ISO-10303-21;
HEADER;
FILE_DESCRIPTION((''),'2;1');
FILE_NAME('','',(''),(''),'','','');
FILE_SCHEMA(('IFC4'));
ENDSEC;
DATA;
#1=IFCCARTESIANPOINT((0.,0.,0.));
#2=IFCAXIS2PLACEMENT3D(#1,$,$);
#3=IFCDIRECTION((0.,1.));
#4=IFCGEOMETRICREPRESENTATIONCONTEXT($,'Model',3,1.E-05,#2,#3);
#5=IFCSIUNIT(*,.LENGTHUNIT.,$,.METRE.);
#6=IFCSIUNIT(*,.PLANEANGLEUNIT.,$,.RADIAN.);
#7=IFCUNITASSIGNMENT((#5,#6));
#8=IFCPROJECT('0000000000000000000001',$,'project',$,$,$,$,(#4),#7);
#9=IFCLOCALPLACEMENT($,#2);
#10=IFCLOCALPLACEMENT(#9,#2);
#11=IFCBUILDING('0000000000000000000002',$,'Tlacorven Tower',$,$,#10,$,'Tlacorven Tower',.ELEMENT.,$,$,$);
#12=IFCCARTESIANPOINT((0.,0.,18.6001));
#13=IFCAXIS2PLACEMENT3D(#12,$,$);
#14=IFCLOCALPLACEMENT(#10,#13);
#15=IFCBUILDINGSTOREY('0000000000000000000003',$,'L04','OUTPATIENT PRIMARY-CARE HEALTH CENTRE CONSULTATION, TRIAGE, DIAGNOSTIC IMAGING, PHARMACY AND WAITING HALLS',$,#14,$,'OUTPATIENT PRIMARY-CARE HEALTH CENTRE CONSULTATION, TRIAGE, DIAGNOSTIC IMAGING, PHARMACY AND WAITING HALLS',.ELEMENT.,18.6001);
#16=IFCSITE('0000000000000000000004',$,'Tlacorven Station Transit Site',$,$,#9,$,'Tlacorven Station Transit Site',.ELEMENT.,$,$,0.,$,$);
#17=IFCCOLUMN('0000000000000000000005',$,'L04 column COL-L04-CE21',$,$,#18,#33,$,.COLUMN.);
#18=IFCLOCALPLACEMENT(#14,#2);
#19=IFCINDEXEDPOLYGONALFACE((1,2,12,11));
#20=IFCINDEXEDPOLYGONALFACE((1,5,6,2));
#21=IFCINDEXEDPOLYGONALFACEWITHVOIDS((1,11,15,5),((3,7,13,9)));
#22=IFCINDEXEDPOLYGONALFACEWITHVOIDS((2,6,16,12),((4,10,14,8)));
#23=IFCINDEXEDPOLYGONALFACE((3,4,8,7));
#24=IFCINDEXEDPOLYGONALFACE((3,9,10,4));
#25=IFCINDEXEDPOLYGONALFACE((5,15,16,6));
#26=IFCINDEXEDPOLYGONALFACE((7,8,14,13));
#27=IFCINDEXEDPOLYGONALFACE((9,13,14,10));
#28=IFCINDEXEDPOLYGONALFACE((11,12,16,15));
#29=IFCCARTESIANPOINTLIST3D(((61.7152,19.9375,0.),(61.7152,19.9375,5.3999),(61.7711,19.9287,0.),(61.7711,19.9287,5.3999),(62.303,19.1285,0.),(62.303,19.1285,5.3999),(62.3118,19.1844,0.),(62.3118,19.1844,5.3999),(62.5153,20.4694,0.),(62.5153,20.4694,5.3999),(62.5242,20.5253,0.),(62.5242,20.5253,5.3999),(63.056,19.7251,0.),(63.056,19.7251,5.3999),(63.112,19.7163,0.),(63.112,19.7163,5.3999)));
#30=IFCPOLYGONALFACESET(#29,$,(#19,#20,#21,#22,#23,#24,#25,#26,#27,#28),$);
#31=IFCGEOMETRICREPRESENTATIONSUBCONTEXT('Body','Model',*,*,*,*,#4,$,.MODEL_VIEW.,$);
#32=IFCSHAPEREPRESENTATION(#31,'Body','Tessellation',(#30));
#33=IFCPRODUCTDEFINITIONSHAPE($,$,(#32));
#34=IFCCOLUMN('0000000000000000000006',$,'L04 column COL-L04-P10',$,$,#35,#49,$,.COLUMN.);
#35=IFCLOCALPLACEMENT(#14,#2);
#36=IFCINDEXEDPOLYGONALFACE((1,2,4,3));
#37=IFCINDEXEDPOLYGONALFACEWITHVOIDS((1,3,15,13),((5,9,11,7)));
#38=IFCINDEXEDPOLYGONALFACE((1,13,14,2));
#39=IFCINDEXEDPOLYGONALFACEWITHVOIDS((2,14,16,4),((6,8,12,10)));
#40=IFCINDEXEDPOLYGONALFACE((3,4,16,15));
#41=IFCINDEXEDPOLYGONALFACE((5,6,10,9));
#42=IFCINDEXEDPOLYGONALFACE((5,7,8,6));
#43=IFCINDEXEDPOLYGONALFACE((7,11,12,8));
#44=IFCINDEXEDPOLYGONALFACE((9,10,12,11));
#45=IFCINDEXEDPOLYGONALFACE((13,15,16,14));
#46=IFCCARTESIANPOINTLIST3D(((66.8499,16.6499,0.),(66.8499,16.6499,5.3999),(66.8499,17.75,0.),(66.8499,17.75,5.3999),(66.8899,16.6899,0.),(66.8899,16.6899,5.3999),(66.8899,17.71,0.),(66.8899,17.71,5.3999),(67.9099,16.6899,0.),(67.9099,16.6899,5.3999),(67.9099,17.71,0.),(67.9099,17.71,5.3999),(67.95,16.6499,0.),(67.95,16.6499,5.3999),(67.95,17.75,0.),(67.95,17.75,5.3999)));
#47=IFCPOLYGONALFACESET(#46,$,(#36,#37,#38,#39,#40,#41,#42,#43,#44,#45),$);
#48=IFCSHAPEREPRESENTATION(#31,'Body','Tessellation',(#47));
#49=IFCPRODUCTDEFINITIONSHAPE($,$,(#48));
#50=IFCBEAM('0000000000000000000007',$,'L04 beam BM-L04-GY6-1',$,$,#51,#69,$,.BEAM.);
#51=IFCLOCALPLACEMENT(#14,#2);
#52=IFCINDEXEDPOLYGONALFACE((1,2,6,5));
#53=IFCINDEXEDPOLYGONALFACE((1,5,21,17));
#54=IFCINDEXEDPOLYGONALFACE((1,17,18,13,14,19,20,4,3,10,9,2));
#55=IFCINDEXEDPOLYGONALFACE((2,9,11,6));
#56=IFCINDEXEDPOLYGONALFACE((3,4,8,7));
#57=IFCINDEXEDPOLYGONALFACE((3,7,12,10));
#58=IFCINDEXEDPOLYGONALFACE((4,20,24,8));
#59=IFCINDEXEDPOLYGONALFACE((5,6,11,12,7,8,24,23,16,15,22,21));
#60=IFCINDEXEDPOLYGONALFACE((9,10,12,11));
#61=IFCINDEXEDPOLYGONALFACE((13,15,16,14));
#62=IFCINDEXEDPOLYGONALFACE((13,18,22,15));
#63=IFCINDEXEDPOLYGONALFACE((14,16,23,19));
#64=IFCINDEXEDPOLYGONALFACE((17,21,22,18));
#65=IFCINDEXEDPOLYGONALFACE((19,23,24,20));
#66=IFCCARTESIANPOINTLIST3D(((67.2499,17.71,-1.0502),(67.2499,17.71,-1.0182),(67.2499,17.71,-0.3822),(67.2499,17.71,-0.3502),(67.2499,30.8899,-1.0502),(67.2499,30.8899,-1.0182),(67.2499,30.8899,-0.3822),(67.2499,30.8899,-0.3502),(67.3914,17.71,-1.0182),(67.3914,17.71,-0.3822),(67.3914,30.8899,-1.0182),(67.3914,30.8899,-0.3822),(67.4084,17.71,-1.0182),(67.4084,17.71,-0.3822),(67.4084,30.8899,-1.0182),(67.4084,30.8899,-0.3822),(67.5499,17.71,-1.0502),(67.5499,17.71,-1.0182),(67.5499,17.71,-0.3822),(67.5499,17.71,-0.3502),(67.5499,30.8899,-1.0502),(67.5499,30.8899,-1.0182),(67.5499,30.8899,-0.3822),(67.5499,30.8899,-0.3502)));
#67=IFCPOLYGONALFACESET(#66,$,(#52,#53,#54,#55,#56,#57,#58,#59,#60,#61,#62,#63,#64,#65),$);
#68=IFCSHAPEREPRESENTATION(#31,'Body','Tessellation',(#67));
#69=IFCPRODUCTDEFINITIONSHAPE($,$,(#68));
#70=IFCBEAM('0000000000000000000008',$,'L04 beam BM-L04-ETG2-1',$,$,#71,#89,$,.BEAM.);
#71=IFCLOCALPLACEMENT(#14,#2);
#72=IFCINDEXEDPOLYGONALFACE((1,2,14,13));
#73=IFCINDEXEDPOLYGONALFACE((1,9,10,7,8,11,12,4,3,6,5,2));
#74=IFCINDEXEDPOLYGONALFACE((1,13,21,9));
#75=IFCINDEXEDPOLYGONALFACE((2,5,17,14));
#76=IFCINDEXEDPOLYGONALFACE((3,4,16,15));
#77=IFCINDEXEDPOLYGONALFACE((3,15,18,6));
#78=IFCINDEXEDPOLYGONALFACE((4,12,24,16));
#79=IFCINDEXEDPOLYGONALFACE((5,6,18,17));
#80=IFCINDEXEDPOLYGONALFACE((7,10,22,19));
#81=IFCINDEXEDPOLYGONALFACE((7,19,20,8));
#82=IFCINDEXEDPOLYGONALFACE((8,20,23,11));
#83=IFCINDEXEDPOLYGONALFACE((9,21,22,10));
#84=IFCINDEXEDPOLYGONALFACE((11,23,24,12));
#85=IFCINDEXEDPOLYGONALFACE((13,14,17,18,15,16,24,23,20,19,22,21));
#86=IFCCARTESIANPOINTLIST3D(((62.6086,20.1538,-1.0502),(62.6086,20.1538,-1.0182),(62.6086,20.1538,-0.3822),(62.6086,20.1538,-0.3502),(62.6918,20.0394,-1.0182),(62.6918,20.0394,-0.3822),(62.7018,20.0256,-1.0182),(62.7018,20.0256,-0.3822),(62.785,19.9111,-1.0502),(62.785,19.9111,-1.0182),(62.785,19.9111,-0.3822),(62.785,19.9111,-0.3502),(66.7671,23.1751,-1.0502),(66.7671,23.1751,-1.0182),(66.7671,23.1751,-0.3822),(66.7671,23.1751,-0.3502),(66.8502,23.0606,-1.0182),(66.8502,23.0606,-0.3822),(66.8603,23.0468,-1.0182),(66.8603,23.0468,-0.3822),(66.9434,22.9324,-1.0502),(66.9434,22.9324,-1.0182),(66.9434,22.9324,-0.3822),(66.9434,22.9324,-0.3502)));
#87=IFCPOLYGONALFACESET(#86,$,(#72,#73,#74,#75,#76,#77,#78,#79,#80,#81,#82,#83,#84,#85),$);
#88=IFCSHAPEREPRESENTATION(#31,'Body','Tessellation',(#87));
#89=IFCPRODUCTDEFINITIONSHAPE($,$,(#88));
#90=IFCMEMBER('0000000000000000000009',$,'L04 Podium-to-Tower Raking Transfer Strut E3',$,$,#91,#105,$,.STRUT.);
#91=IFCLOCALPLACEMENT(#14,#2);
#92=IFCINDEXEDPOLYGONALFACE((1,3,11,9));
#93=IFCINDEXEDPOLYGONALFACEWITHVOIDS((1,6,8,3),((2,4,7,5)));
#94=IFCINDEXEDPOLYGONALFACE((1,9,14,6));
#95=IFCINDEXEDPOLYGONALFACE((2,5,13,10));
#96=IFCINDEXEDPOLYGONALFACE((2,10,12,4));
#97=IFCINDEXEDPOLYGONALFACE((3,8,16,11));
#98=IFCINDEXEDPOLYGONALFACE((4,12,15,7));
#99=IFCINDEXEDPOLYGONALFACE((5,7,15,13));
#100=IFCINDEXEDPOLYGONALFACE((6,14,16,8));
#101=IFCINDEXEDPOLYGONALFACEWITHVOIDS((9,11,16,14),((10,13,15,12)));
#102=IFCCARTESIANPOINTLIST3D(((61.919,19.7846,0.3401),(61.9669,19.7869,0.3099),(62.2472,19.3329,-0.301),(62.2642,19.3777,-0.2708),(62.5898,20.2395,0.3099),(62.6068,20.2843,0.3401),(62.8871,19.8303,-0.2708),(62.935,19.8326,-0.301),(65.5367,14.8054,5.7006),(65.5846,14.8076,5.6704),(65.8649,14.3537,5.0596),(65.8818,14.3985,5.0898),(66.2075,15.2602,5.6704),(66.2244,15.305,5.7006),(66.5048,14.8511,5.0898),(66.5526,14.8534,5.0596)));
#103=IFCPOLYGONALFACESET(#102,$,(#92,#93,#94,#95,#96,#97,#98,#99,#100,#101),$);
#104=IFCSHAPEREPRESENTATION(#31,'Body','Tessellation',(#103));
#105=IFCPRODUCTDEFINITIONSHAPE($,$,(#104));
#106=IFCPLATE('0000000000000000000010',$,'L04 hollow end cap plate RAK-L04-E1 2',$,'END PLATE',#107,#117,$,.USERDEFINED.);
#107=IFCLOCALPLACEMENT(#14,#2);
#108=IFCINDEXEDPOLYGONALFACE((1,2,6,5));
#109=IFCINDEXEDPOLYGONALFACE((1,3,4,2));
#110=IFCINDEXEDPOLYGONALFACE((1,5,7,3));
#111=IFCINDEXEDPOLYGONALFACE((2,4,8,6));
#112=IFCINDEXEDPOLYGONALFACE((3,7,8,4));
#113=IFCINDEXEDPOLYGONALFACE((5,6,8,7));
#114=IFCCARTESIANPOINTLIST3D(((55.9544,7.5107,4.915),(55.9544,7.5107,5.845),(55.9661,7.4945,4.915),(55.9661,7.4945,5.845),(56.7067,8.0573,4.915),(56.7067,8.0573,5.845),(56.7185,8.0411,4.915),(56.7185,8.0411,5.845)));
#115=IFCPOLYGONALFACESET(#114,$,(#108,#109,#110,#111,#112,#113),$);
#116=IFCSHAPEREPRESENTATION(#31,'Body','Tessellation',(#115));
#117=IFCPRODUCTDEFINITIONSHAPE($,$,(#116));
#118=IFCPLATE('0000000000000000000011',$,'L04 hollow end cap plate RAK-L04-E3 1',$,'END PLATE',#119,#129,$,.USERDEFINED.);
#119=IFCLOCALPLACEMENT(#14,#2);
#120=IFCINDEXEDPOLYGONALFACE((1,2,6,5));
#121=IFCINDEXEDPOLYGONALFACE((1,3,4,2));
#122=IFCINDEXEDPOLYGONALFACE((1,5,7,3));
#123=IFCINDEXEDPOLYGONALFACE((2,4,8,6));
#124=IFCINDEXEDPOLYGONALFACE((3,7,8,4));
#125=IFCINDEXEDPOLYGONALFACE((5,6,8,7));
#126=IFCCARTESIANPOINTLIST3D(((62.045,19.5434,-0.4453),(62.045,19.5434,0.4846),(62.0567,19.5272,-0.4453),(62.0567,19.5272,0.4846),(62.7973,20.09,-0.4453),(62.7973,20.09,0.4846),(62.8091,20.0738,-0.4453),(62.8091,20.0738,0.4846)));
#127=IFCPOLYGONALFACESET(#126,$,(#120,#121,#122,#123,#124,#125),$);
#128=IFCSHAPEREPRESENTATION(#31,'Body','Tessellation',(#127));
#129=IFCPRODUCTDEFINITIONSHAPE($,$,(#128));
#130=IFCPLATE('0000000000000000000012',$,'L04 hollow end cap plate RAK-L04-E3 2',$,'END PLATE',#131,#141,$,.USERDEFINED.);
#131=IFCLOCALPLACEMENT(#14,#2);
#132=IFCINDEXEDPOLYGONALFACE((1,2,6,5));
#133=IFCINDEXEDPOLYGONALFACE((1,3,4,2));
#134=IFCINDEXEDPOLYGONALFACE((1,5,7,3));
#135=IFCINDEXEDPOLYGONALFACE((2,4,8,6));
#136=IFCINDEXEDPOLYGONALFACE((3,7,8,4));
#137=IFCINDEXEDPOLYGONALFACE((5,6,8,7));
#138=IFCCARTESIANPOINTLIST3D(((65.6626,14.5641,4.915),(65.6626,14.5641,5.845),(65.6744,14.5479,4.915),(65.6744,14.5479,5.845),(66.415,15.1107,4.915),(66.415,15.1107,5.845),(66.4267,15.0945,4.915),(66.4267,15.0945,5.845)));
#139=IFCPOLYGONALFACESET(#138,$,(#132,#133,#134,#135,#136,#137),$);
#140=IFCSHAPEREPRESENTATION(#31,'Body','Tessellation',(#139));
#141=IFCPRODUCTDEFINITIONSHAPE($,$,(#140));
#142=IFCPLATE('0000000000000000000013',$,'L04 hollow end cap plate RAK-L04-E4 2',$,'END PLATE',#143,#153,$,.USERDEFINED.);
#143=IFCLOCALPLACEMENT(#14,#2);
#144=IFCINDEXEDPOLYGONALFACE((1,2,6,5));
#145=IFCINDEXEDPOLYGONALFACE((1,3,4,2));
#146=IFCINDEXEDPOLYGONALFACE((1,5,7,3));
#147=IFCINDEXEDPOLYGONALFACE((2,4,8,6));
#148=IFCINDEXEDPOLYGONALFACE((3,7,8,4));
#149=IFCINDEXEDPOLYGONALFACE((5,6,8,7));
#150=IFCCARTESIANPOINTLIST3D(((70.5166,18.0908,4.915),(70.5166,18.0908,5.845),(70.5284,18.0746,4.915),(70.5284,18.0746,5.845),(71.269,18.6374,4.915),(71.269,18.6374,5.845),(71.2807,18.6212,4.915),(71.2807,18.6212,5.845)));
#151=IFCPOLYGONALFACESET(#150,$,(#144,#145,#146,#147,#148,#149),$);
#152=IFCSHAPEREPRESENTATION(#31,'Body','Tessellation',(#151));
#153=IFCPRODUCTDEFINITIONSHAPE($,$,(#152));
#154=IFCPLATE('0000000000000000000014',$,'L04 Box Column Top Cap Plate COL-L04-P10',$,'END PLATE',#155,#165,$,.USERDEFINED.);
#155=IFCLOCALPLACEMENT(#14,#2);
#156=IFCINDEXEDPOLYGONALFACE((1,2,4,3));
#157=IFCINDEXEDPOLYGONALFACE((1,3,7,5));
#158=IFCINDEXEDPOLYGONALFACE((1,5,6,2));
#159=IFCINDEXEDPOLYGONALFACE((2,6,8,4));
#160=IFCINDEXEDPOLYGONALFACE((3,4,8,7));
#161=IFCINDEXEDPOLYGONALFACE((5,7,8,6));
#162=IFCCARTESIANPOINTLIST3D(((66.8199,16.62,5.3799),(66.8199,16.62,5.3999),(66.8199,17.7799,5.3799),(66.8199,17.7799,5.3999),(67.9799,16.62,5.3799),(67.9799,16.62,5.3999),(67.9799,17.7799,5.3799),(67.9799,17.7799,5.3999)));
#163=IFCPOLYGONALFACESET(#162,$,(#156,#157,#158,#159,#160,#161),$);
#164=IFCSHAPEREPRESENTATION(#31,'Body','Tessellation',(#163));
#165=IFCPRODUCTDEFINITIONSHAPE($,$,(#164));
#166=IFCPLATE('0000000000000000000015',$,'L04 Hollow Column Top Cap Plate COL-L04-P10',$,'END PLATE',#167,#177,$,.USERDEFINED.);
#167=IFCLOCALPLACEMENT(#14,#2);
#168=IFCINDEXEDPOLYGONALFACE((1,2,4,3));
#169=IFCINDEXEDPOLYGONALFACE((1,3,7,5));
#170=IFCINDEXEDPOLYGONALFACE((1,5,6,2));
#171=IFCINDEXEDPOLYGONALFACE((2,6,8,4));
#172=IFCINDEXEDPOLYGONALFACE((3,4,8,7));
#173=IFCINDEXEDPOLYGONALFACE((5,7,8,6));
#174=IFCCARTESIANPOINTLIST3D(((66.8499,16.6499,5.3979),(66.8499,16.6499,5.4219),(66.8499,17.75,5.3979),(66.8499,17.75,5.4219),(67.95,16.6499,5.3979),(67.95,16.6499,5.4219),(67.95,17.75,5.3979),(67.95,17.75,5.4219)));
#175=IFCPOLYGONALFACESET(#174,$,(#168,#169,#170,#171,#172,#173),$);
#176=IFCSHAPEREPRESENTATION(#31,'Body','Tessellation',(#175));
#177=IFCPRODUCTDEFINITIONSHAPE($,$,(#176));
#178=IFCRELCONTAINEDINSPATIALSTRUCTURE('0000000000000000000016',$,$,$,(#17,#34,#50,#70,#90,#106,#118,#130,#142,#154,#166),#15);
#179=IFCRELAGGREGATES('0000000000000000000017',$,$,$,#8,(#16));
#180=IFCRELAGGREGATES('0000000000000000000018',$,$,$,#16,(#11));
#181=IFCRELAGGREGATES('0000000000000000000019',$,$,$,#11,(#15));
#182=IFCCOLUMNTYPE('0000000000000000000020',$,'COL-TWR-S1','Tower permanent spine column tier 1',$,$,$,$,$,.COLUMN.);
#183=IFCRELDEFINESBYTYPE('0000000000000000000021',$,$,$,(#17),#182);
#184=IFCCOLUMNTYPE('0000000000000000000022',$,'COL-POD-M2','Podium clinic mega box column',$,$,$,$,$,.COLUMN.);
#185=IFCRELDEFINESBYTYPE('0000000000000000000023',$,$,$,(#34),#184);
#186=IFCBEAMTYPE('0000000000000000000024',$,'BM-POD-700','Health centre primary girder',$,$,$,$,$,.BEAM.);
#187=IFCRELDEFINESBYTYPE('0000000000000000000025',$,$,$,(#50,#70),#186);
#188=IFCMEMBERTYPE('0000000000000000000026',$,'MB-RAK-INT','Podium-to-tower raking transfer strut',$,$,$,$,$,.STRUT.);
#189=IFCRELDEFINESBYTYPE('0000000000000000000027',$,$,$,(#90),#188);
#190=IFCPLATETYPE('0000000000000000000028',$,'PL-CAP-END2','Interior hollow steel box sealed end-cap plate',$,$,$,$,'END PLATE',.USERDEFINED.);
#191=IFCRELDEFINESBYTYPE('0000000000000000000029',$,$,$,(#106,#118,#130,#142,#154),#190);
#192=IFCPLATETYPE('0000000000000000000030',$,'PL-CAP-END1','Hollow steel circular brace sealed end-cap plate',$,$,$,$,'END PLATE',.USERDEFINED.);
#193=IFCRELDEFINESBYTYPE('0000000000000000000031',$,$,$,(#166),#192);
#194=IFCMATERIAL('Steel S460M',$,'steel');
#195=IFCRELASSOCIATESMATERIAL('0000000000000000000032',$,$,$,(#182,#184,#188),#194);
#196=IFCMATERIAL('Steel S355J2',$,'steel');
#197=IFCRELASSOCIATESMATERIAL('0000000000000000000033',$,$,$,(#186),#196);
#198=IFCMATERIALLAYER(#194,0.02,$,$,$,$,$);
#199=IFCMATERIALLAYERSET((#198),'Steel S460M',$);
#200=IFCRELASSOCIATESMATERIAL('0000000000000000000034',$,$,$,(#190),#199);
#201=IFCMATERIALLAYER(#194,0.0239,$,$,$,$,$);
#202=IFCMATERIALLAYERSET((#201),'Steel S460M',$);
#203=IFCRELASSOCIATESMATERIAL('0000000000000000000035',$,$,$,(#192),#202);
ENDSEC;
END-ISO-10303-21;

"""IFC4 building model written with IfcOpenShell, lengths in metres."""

from ifc_helpers import new_model, si_unit, direction, frame, origin, origin_2d, place, context, subcontext, project, spatial, rectangle, hollow_rectangle, i_section, extrude, source, transform, mapped, material, layer, layer_set, material_profile, profile_set, type_object, element, save


model = new_model("IFC4")

# Units and contexts
model_context = context("Model", 3, precision=1e-05, world=origin(), true_north=direction((0.0, 1.0)))
body_context = subcontext(model_context, "Body", "Model", "MODEL_VIEW")
ifc_project = project(units=[si_unit("LENGTHUNIT", "METRE"), si_unit("PLANEANGLEUNIT", "RADIAN")], contexts=[model_context])

# Site, building, storey
site_placement = place(None, origin())
site = spatial("IfcSite", under=ifc_project, at=site_placement, Name="Tlacorven Station Transit Site", LongName="Tlacorven Station Transit Site", CompositionType="ELEMENT", RefElevation=0.0)
building_placement = place(site_placement, origin())
building = spatial("IfcBuilding", under=site, at=building_placement, Name="Tlacorven Tower", LongName="Tlacorven Tower", CompositionType="ELEMENT")
storey_placement = place(building_placement, frame((0.0, 0.0, 18.6001)))
storey = spatial("IfcBuildingStorey", under=building, at=storey_placement, Name="L04", Description="OUTPATIENT PRIMARY-CARE HEALTH CENTRE CONSULTATION, TRIAGE, DIAGNOSTIC IMAGING, PHARMACY AND WAITING HALLS", LongName="OUTPATIENT PRIMARY-CARE HEALTH CENTRE CONSULTATION, TRIAGE, DIAGNOSTIC IMAGING, PHARMACY AND WAITING HALLS", CompositionType="ELEMENT", Elevation=18.6001)

# Columns
ifc_material_1 = material(Name="Steel S460M", Category="steel")
ifc_material_profile_1 = material_profile(ifc_material_1, hollow_rectangle(XDim=1.0, YDim=1.0, WallThickness=0.04, at=origin_2d()), Name="BOX 1000X1000X40")
ifc_profile_set_1 = profile_set([ifc_material_profile_1], Name="Steel S460M")
column_type_1 = type_object("IfcColumnType", Name="COL-TWR-S1", Description="Tower permanent spine column tier 1", PredefinedType="COLUMN", material=ifc_profile_set_1)
shared_shape_1 = source(origin(), body_context, "Body", "SweptSolid", [
    extrude(hollow_rectangle(XDim=1.0, YDim=1.0, WallThickness=0.04, at=origin_2d()), origin(), (0.0, 0.0, 1.0), 5.3999),
])
column_1_placement = place(storey_placement, frame((62.4136, 19.8269, 0.0), z_axis=(0.0, 0.0, 1.0), x_axis=(0.809017, 0.587785, 0.0)))
element("IfcColumn", 1, at=column_1_placement, inside=storey, type_object=column_type_1, Name="L04 column COL-L04-CE21", PredefinedType="COLUMN", context=body_context, shape_type="MappedRepresentation", body=[
    mapped(shared_shape_1, transform((0.0, 0.0, 0.0), scale=1.0)),
])
ifc_material_profile_2 = material_profile(ifc_material_1, hollow_rectangle(XDim=1.1001, YDim=1.1001, WallThickness=0.04, at=origin_2d()), Name="BOX 1100X1100X40")
ifc_profile_set_2 = profile_set([ifc_material_profile_2], Name="Steel S460M")
column_type_2 = type_object("IfcColumnType", Name="COL-POD-M2", Description="Podium clinic mega box column", PredefinedType="COLUMN", material=ifc_profile_set_2)
shared_shape_2 = source(origin(), body_context, "Body", "SweptSolid", [
    extrude(hollow_rectangle(XDim=1.1001, YDim=1.1001, WallThickness=0.04, at=origin_2d()), origin(), (0.0, 0.0, 1.0), 5.3999),
])
column_2_placement = place(storey_placement, frame((67.3999, 17.2, 0.0), z_axis=(0.0, 0.0, 1.0), x_axis=(1.0, 0.0, 0.0)))
element("IfcColumn", 2, at=column_2_placement, inside=storey, type_object=column_type_2, Name="L04 column COL-L04-P10", PredefinedType="COLUMN", context=body_context, shape_type="MappedRepresentation", body=[
    mapped(shared_shape_2, transform((0.0, 0.0, 0.0), scale=1.0)),
])

# Beams
ifc_material_2 = material(Name="Steel S355J2", Category="steel")
ifc_material_profile_3 = material_profile(ifc_material_2, i_section(OverallWidth=0.3, OverallDepth=0.7, WebThickness=0.0171, FlangeThickness=0.032, at=origin_2d()), Name="HEB 700")
ifc_profile_set_3 = profile_set([ifc_material_profile_3], Name="Steel S355J2")
beam_type = type_object("IfcBeamType", Name="BM-POD-700", Description="Health centre primary girder", PredefinedType="BEAM", material=ifc_profile_set_3)
shared_shape_3 = source(origin(), body_context, "Body", "SweptSolid", [
    extrude(i_section(OverallWidth=0.3, OverallDepth=0.7, WebThickness=0.0171, FlangeThickness=0.032, at=origin_2d()), origin(), (0.0, 0.0, 1.0), 13.1799),
])
beam_1_placement = place(storey_placement, frame((67.3999, 17.71, -0.7002), z_axis=(0.0, 1.0, 0.0), x_axis=(-1.0, 0.0, 0.0)))
element("IfcBeam", 3, at=beam_1_placement, inside=storey, type_object=beam_type, Name="L04 beam BM-L04-GY6-1", PredefinedType="BEAM", context=body_context, shape_type="MappedRepresentation", body=[
    mapped(shared_shape_3, transform((0.0, 0.0, 0.0), scale=1.0)),
])
shared_shape_4 = source(origin(), body_context, "Body", "SweptSolid", [
    extrude(i_section(OverallWidth=0.3, OverallDepth=0.7, WebThickness=0.0171, FlangeThickness=0.032, at=origin_2d()), origin(), (0.0, 0.0, 1.0), 5.1401),
])
beam_2_placement = place(storey_placement, frame((62.6968, 20.0325, -0.7002), z_axis=(0.809021, 0.587779, 0.0), x_axis=(-0.587779, 0.809021, 0.0)))
element("IfcBeam", 4, at=beam_2_placement, inside=storey, type_object=beam_type, Name="L04 beam BM-L04-ETG2-1", PredefinedType="BEAM", context=body_context, shape_type="MappedRepresentation", body=[
    mapped(shared_shape_4, transform((0.0, 0.0, 0.0), scale=1.0)),
])

# Member
ifc_material_profile_4 = material_profile(ifc_material_1, hollow_rectangle(XDim=0.8501, YDim=0.8501, WallThickness=0.04, at=origin_2d()), Name="BOX 850X850X40")
ifc_profile_set_4 = profile_set([ifc_material_profile_4], Name="Steel S460M")
member_type = type_object("IfcMemberType", Name="MB-RAK-INT", Description="Podium-to-tower raking transfer strut", PredefinedType="STRUT", material=ifc_profile_set_4)
shared_shape_5 = source(origin(), body_context, "Body", "SweptSolid", [
    extrude(hollow_rectangle(XDim=0.8501, YDim=0.8501, WallThickness=0.04, at=origin_2d()), origin(), (0.0, 0.0, 1.0), 8.1619),
])
member_placement = place(storey_placement, frame((62.427, 19.8086, 0.0195), z_axis=(0.44324, -0.610061, 0.656783), x_axis=(0.809014, 0.58779, 0.0)))
element("IfcMember", 5, at=member_placement, inside=storey, type_object=member_type, Name="L04 Podium-to-Tower Raking Transfer Strut E3", PredefinedType="STRUT", context=body_context, shape_type="MappedRepresentation", body=[
    mapped(shared_shape_5, transform((0.0, 0.0, 0.0), scale=1.0)),
])

# Plates
ifc_layer_1 = layer(ifc_material_1, 0.02)
ifc_layer_set_1 = layer_set([ifc_layer_1], Name="Steel S460M")
plate_type_1 = type_object("IfcPlateType", Name="PL-CAP-END2", Description="Interior hollow steel box sealed end-cap plate", ElementType="END PLATE", PredefinedType="USERDEFINED", material=ifc_layer_set_1)
shared_shape_6 = source(origin(), body_context, "Body", "SweptSolid", [
    extrude(rectangle(XDim=0.02, YDim=0.9299, at=origin_2d()), origin(), (0.0, 0.0, 1.0), 0.9299),
])
for number, where, z_axis, x_axis, name in (
    (6, (56.3364, 7.7759, 4.915), (0.0, 0.0, 1.0), (0.587785, -0.809017, 0.0), "L04 hollow end cap plate RAK-L04-E1 2"),
    (7, (62.427, 19.8086, -0.4453), (0.0, 0.0, 1.0), (0.587785, -0.809017, 0.0), "L04 hollow end cap plate RAK-L04-E3 1"),
    (8, (66.0447, 14.8293, 4.915), (0.0, 0.0, 1.0), (0.587785, -0.809017, 0.0), "L04 hollow end cap plate RAK-L04-E3 2"),
    (9, (70.8987, 18.356, 4.915), (0.0, 0.0, 1.0), (0.587785, -0.809017, 0.0), "L04 hollow end cap plate RAK-L04-E4 2"),
):
    element("IfcPlate", number, at=place(storey_placement, frame(where, z_axis=z_axis, x_axis=x_axis)), inside=storey, type_object=plate_type_1, Name=name, ObjectType="END PLATE", PredefinedType="USERDEFINED", context=body_context, shape_type="MappedRepresentation", body=[
        mapped(shared_shape_6, transform((0.0, 0.0, 0.0), scale=1.0)),
    ])
shared_shape_7 = source(origin(), body_context, "Body", "SweptSolid", [
    extrude(rectangle(XDim=1.1599, YDim=1.1599, at=origin_2d()), origin(), (0.0, 0.0, 1.0), 0.02),
])
plate_1_placement = place(storey_placement, frame((67.3999, 17.2, 5.3799), z_axis=(0.0, 0.0, 1.0), x_axis=(1.0, 0.0, 0.0)))
element("IfcPlate", 10, at=plate_1_placement, inside=storey, type_object=plate_type_1, Name="L04 Box Column Top Cap Plate COL-L04-P10", ObjectType="END PLATE", PredefinedType="USERDEFINED", context=body_context, shape_type="MappedRepresentation", body=[
    mapped(shared_shape_7, transform((0.0, 0.0, 0.0), scale=1.0)),
])
ifc_layer_2 = layer(ifc_material_1, 0.0239)
ifc_layer_set_2 = layer_set([ifc_layer_2], Name="Steel S460M")
plate_type_2 = type_object("IfcPlateType", Name="PL-CAP-END1", Description="Hollow steel circular brace sealed end-cap plate", ElementType="END PLATE", PredefinedType="USERDEFINED", material=ifc_layer_set_2)
shared_shape_8 = source(origin(), body_context, "Body", "SweptSolid", [
    extrude(rectangle(XDim=1.1001, YDim=1.1001, at=origin_2d()), origin(), (0.0, 0.0, 1.0), 0.0239),
])
plate_2_placement = place(storey_placement, frame((67.3999, 17.2, 5.3979), z_axis=(0.0, 0.0, 1.0), x_axis=(1.0, 0.0, 0.0)))
element("IfcPlate", 11, at=plate_2_placement, inside=storey, type_object=plate_type_2, Name="L04 Hollow Column Top Cap Plate COL-L04-P10", ObjectType="END PLATE", PredefinedType="USERDEFINED", context=body_context, shape_type="MappedRepresentation", body=[
    mapped(shared_shape_8, transform((0.0, 0.0, 0.0), scale=1.0)),
])

save(model, "model.ifc")
